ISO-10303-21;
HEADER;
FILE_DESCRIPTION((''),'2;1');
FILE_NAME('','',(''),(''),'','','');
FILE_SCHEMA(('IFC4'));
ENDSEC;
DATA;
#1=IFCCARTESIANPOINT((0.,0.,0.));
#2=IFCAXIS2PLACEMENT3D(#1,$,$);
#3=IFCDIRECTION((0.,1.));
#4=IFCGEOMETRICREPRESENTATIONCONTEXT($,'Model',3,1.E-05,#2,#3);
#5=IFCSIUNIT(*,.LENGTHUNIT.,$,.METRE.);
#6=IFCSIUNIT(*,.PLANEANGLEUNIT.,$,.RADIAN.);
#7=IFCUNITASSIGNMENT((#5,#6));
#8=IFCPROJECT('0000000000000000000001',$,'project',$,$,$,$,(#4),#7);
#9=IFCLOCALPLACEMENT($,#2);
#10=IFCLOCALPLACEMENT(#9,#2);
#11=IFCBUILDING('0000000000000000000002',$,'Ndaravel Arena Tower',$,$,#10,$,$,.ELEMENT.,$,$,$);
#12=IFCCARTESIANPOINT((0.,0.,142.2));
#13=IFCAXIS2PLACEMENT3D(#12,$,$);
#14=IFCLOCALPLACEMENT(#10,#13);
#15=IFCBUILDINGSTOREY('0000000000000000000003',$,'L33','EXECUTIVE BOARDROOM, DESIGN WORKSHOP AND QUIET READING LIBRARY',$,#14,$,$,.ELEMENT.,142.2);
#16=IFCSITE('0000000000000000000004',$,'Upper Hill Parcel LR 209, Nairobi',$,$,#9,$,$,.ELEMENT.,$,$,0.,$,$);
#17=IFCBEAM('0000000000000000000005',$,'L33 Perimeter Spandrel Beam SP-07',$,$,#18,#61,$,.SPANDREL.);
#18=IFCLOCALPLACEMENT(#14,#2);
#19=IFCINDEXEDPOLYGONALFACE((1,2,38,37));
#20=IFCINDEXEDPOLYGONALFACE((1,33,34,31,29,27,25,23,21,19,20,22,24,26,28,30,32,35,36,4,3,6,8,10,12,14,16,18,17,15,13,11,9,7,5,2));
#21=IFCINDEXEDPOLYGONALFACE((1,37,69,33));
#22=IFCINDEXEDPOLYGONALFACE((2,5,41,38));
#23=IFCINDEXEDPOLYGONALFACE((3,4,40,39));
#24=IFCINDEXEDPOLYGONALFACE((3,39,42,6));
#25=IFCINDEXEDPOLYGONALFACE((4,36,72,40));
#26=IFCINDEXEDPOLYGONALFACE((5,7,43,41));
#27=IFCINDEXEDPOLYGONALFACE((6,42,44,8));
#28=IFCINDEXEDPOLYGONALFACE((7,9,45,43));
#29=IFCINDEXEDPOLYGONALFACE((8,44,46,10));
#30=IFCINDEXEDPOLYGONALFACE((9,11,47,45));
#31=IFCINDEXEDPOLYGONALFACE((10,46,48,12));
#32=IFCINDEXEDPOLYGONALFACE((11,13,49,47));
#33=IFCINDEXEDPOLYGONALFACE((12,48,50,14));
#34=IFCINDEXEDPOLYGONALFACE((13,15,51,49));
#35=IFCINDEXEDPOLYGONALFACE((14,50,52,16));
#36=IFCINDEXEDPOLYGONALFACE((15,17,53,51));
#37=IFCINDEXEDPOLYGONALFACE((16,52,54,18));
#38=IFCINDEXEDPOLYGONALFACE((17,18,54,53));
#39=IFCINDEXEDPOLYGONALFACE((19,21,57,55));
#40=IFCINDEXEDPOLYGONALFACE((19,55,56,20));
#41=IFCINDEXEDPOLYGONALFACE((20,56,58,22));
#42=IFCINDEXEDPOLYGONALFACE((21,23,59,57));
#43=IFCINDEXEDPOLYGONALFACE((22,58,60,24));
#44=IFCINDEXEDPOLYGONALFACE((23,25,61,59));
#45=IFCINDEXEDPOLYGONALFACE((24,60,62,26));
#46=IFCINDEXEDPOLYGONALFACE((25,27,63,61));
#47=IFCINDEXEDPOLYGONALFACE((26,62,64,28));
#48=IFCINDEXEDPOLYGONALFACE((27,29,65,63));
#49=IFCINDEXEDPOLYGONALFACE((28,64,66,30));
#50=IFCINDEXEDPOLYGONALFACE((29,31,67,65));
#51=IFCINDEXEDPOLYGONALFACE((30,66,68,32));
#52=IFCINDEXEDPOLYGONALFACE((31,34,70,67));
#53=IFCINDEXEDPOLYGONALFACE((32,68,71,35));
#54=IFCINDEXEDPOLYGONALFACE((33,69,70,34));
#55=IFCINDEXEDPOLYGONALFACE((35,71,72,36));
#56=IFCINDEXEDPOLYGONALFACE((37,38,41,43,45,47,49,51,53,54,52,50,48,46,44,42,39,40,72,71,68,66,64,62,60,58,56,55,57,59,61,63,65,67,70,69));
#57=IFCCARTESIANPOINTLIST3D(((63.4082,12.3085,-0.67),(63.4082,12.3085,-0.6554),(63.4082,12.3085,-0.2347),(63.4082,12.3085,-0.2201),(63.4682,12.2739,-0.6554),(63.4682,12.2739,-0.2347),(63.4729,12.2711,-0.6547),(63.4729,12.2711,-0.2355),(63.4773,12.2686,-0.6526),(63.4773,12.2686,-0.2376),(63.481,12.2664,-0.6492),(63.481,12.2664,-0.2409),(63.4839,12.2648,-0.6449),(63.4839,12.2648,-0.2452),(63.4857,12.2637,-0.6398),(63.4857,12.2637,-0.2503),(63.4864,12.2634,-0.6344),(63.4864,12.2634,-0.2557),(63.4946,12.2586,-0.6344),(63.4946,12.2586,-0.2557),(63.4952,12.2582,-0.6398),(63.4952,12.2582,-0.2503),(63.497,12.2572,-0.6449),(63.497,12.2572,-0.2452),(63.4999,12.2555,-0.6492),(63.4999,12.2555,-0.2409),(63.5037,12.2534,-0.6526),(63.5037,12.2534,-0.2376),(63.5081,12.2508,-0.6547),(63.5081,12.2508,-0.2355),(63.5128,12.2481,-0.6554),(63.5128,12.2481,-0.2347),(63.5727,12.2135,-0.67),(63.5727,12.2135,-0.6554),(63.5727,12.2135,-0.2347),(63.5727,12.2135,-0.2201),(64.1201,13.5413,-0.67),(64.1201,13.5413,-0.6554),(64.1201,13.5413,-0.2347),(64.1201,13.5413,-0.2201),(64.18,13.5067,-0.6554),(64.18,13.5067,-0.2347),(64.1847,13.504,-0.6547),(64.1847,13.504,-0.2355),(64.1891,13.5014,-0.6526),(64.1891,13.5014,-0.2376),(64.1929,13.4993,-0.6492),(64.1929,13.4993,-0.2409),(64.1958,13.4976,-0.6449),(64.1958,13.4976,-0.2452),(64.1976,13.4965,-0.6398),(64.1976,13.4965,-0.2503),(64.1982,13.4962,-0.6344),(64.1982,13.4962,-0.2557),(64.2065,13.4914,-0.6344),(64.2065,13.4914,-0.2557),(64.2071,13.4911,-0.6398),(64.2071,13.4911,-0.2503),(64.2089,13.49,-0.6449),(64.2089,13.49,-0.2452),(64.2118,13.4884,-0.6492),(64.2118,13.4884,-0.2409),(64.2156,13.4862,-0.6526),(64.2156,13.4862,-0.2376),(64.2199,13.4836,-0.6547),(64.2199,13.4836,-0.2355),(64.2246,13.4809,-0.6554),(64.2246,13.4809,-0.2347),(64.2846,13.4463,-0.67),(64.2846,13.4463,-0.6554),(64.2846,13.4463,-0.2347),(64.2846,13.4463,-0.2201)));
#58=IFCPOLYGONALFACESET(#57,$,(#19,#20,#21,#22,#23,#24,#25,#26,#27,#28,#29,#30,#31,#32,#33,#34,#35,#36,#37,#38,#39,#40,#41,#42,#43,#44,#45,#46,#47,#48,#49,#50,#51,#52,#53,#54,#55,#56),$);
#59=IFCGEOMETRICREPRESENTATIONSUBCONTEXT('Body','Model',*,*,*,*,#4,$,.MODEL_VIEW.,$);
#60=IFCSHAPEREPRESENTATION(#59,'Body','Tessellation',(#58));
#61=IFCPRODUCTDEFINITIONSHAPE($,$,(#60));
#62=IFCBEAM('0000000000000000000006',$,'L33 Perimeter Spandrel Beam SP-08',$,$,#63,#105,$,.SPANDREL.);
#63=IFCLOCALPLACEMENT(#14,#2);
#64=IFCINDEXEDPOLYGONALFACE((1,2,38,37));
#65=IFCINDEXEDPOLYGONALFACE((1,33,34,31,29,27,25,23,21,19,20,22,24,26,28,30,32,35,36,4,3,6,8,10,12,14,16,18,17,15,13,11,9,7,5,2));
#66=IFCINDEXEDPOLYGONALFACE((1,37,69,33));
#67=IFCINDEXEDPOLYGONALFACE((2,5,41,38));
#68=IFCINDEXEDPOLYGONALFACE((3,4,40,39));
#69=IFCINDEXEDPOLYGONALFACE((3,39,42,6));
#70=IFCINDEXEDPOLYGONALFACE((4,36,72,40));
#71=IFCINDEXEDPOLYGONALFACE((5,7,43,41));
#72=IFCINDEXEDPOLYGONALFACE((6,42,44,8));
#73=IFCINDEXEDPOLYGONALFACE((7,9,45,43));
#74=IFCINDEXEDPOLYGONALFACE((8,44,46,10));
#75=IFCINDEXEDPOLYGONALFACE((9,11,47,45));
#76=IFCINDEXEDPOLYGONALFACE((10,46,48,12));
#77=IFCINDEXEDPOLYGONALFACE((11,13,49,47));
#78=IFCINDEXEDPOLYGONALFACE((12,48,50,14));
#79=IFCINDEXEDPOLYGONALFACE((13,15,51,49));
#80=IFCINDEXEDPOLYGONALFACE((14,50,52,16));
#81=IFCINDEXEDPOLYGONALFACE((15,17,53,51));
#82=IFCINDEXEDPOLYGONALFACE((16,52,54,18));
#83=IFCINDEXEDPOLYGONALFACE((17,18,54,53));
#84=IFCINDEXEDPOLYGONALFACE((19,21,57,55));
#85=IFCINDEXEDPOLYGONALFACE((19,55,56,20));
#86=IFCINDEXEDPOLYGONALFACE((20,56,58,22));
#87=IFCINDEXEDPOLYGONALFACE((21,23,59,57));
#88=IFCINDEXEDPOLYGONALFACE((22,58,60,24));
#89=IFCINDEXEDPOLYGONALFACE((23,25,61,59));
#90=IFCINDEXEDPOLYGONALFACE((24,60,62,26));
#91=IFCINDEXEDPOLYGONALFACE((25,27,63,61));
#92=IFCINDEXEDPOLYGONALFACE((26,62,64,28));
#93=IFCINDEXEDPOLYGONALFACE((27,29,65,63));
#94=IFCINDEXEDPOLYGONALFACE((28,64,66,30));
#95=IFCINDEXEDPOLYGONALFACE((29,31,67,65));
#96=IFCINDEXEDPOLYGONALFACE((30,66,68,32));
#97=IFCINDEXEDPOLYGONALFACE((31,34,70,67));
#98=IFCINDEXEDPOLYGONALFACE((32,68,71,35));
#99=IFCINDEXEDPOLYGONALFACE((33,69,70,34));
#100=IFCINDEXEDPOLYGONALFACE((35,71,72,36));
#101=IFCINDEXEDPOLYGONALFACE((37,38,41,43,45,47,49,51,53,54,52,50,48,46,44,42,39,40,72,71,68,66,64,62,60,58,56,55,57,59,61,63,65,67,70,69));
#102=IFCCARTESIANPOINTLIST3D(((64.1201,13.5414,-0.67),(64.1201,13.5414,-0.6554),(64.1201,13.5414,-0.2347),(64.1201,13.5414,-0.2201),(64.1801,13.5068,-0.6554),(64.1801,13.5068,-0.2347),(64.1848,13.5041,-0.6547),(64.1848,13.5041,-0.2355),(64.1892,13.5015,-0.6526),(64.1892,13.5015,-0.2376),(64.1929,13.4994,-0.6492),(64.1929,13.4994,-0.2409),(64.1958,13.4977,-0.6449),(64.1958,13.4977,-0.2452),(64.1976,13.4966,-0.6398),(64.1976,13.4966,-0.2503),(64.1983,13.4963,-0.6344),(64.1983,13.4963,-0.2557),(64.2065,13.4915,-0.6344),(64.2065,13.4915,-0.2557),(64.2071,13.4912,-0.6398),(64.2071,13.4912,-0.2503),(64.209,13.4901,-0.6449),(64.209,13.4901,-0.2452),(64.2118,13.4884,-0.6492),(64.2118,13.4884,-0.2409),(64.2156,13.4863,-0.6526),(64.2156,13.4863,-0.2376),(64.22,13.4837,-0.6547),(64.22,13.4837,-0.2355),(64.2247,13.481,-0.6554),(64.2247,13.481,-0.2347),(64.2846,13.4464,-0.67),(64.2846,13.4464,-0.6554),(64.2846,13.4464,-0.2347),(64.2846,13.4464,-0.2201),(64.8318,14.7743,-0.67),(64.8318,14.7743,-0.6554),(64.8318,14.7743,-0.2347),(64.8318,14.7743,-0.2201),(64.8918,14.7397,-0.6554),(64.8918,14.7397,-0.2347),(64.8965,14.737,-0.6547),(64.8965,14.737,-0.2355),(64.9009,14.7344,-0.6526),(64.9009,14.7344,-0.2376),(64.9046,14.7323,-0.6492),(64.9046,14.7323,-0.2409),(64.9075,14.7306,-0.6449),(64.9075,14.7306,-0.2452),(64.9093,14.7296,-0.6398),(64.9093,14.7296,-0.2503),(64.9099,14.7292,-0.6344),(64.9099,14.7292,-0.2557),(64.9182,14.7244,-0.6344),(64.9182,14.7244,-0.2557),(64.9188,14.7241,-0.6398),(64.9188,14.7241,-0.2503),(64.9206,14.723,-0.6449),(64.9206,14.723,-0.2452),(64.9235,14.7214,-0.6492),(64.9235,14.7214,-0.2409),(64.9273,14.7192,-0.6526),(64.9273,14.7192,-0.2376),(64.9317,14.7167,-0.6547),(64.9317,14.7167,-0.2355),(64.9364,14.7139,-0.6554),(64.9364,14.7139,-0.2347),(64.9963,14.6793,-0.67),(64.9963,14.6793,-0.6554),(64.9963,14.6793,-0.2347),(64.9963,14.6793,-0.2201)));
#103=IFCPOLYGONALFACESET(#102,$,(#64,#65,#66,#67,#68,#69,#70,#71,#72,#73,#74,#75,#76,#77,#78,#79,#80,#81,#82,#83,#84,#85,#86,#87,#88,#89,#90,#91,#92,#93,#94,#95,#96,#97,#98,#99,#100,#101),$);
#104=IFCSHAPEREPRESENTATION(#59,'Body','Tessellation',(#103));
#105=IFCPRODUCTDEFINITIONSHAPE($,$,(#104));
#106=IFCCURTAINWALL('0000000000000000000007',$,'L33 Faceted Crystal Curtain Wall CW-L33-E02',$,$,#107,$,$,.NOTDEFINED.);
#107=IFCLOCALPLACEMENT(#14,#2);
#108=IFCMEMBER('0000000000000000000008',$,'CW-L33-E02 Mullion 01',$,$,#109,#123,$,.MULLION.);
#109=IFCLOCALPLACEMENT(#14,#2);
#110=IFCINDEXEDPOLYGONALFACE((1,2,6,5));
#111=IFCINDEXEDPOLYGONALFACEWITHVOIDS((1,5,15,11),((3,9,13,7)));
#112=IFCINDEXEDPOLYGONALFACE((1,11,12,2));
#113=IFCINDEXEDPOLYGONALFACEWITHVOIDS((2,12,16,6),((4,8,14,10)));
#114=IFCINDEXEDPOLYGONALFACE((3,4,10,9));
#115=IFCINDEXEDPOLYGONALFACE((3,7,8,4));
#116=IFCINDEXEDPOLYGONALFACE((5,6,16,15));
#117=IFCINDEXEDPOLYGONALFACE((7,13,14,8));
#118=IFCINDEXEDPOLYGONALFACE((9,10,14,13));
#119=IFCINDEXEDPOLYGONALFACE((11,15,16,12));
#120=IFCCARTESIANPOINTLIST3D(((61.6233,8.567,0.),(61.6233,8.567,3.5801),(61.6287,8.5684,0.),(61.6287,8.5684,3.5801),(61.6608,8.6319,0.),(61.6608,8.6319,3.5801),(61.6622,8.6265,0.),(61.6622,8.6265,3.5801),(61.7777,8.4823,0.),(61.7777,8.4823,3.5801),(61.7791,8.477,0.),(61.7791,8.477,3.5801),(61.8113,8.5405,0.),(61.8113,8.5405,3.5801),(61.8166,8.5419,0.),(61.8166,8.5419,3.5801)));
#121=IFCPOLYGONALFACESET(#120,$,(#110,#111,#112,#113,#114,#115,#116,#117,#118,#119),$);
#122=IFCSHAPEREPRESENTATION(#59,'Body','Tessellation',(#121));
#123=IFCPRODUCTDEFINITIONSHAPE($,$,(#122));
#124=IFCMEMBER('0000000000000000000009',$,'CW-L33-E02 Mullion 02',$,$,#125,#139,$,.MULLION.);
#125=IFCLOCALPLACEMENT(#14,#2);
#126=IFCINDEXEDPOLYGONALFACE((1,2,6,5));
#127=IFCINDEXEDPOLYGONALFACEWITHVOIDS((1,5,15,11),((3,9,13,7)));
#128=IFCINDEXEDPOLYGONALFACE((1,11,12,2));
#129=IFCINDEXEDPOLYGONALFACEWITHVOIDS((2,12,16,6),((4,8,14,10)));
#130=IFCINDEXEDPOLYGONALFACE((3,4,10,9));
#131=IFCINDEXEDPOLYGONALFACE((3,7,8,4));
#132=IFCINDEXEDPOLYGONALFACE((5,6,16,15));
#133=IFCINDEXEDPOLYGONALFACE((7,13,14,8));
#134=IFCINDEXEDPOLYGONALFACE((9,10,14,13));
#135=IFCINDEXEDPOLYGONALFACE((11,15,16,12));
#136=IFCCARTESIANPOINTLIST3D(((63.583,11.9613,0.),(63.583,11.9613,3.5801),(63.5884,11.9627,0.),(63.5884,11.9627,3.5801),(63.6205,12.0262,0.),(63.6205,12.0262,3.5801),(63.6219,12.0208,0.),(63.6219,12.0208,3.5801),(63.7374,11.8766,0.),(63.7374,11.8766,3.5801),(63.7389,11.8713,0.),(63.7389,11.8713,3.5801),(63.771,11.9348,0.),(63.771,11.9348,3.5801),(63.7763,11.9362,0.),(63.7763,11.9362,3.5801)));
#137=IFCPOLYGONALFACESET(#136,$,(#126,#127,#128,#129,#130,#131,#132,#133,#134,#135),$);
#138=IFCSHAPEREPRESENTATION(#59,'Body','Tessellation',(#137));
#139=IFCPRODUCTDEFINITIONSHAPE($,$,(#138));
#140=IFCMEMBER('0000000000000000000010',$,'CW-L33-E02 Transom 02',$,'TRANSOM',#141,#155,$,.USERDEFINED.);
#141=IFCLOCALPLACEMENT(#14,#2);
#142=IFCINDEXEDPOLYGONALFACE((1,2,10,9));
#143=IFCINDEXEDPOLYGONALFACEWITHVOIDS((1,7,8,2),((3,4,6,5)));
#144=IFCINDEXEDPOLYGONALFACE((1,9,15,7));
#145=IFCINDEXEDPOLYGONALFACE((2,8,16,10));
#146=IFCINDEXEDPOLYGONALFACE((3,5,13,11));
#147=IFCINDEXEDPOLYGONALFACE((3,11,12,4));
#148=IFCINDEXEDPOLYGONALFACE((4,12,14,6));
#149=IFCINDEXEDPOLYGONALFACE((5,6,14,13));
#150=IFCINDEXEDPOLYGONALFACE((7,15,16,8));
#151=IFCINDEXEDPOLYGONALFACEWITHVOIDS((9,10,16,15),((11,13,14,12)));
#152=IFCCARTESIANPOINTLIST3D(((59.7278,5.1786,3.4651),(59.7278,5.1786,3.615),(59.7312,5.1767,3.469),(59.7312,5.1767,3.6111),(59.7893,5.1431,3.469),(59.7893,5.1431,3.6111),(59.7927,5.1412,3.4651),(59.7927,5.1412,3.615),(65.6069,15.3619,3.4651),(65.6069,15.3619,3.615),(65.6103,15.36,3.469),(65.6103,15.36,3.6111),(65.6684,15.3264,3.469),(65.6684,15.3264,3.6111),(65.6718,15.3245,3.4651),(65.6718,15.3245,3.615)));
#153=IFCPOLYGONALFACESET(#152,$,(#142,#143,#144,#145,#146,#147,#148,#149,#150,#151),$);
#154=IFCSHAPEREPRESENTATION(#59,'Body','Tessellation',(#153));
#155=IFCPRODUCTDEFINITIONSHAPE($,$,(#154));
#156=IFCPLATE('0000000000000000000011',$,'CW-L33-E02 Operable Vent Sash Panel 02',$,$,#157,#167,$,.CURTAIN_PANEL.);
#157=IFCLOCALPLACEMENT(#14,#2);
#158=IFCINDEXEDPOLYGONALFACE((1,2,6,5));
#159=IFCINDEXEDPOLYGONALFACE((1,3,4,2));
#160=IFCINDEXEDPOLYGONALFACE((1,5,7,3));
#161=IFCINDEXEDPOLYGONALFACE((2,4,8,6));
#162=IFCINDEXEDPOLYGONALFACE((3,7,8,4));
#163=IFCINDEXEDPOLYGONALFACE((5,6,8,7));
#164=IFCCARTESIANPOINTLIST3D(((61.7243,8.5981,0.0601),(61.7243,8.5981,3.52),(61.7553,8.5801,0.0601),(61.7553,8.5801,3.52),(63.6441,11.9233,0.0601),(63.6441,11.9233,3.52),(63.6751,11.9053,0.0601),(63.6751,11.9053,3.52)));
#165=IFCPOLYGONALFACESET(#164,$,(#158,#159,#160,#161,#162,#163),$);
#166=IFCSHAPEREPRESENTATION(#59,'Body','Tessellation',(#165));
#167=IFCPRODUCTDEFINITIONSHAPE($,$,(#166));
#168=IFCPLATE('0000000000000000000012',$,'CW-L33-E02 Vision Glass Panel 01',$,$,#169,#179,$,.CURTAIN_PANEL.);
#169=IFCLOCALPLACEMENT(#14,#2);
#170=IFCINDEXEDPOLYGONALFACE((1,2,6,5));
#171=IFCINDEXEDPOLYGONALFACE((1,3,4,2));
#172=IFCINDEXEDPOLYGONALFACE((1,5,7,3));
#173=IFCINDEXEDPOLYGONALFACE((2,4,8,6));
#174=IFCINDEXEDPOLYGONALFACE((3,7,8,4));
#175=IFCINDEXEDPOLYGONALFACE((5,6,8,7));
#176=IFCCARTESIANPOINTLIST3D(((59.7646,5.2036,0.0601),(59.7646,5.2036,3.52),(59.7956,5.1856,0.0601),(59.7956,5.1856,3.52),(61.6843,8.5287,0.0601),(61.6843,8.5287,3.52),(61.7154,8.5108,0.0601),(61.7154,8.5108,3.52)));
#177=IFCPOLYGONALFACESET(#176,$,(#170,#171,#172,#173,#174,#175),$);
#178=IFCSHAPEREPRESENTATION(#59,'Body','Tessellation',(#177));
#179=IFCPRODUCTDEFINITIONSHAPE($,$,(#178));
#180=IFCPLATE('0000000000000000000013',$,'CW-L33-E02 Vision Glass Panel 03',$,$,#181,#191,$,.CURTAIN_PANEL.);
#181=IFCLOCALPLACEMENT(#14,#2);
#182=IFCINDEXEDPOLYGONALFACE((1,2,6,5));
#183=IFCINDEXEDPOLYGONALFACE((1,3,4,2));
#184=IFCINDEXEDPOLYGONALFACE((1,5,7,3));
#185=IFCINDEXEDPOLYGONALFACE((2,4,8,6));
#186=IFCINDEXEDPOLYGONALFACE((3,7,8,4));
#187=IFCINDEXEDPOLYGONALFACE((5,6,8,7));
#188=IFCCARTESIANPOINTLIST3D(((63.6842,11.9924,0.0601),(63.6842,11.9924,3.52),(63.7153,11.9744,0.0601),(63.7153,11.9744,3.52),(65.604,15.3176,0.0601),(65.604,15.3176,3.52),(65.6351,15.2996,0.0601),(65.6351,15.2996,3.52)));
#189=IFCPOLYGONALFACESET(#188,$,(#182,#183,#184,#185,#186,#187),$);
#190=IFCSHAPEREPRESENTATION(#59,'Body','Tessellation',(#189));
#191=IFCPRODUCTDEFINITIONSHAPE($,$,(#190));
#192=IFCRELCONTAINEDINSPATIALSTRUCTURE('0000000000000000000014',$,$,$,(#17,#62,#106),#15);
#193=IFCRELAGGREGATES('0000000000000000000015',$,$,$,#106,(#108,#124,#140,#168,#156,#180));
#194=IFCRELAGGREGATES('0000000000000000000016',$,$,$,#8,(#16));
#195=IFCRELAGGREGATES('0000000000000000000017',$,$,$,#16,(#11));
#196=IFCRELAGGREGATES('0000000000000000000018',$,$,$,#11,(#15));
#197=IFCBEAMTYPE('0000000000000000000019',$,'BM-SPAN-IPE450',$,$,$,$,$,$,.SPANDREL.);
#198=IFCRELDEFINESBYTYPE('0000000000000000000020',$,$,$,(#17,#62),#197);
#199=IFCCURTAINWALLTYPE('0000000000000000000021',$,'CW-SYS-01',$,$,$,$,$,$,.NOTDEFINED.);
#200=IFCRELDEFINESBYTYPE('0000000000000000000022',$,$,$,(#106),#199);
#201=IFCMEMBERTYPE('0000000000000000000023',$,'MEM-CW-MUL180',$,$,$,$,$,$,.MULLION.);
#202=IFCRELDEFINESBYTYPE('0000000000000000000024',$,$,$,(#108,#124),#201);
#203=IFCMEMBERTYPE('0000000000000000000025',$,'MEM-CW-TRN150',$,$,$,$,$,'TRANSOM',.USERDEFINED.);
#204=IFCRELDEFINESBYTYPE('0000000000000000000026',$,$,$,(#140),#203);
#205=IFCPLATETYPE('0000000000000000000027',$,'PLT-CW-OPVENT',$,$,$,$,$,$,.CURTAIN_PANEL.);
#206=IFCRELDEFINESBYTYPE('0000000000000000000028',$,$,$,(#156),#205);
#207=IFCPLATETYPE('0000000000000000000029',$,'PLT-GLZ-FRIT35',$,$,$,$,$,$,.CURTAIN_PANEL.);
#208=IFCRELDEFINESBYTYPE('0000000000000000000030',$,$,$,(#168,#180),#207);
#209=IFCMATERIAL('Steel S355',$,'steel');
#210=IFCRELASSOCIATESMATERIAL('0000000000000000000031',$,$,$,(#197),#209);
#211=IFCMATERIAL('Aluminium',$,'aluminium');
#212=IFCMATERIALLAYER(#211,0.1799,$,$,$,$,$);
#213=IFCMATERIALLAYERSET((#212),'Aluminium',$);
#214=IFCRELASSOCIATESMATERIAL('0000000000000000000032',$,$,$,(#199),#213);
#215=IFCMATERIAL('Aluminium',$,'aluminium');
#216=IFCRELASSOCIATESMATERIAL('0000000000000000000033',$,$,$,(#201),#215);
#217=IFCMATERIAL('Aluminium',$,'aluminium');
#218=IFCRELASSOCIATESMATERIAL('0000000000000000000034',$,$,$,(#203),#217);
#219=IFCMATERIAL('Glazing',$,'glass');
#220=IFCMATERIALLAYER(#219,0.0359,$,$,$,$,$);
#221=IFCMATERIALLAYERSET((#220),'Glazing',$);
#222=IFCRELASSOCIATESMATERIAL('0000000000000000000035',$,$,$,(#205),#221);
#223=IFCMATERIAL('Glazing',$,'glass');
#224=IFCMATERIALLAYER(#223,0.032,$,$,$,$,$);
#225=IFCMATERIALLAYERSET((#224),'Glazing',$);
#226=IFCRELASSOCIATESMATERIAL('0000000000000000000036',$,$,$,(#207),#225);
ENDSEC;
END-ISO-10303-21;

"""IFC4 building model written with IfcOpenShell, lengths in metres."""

from ifc_helpers import new_model, si_unit, direction, frame, origin, origin_2d, place, context, subcontext, project, spatial, rectangle, hollow_rectangle, i_section, extrude, material, layer, layer_set, material_profile, profile_set, type_object, element, aggregate, save


model = new_model("IFC4")

# Units and contexts
model_context = context("Model", 3, precision=1e-05, world=origin(), true_north=direction((0.0, 1.0)))
body_context = subcontext(model_context, "Body", "Model", "MODEL_VIEW")
ifc_project = project(units=[si_unit("LENGTHUNIT", "METRE"), si_unit("PLANEANGLEUNIT", "RADIAN")], contexts=[model_context])

# Site, building, storey
site_placement = place(None, origin())
site = spatial("IfcSite", under=ifc_project, at=site_placement, Name="Upper Hill Parcel LR 209, Nairobi", CompositionType="ELEMENT", RefElevation=0.0)
building_placement = place(site_placement, origin())
building = spatial("IfcBuilding", under=site, at=building_placement, Name="Ndaravel Arena Tower", CompositionType="ELEMENT")
storey_placement = place(building_placement, frame((0.0, 0.0, 142.2)))
storey = spatial("IfcBuildingStorey", under=building, at=storey_placement, Name="L33", Description="EXECUTIVE BOARDROOM, DESIGN WORKSHOP AND QUIET READING LIBRARY", CompositionType="ELEMENT", Elevation=142.2)

# Beams
ifc_material_1 = material(Name="Steel S355", Category="steel")
ifc_material_profile_1 = material_profile(ifc_material_1, i_section(OverallWidth=0.1899, OverallDepth=0.45, WebThickness=0.0095, FlangeThickness=0.0146, FilletRadius=0.021, at=origin_2d()), Name="IPE 450")
ifc_profile_set_1 = profile_set([ifc_material_profile_1], Name="Steel S355")
beam_type = type_object("IfcBeamType", Name="BM-SPAN-IPE450", PredefinedType="SPANDREL", material=ifc_profile_set_1)
for number, where, z_axis, x_axis, name in (
    (1, (63.4905, 12.261, -0.4451), (0.500049, 0.865997, 0.0), (-0.865997, 0.500049, 0.0), "L33 Perimeter Spandrel Beam SP-07"),
    (2, (64.2024, 13.4939, -0.4451), (0.49992, 0.866071, 0.0), (-0.866071, 0.49992, 0.0), "L33 Perimeter Spandrel Beam SP-08"),
):
    element("IfcBeam", number, at=place(storey_placement, frame(where, z_axis=z_axis, x_axis=x_axis)), inside=storey, type_object=beam_type, Name=name, PredefinedType="SPANDREL", context=body_context, shape_type="SweptSolid", body=[
        extrude(i_section(OverallWidth=0.1899, OverallDepth=0.45, WebThickness=0.0095, FlangeThickness=0.0146, FilletRadius=0.021, at=origin_2d()), origin(), (0.0, 0.0, 1.0), 1.4236),
    ])

# Curtain wall, members, plates
ifc_material_2 = material(Name="Aluminium", Category="aluminium")
ifc_layer_1 = layer(ifc_material_2, 0.1799)
ifc_layer_set_1 = layer_set([ifc_layer_1], Name="Aluminium")
curtain_wall_type = type_object("IfcCurtainWallType", Name="CW-SYS-01", PredefinedType="NOTDEFINED", material=ifc_layer_set_1)
curtain_wall_placement = place(storey_placement, origin())
curtain_wall = element("IfcCurtainWall", 3, at=curtain_wall_placement, inside=storey, type_object=curtain_wall_type, Name="L33 Faceted Crystal Curtain Wall CW-L33-E02", PredefinedType="NOTDEFINED")
ifc_material_3 = material(Name="Aluminium", Category="aluminium")
ifc_material_profile_2 = material_profile(ifc_material_3, hollow_rectangle(XDim=0.075, YDim=0.1799, WallThickness=0.0039, at=origin_2d()), Name="CW MULLION 75x180x4")
ifc_profile_set_2 = profile_set([ifc_material_profile_2], Name="Aluminium")
member_type_1 = type_object("IfcMemberType", Name="MEM-CW-MUL180", PredefinedType="MULLION", material=ifc_profile_set_2)
member_1_placement = place(storey_placement, frame((61.72, 8.5544, 0.0), z_axis=(0.0, 0.0, 1.0), x_axis=(0.5, 0.866025, 0.0)))
member_1 = element("IfcMember", 4, at=member_1_placement, type_object=member_type_1, Name="CW-L33-E02 Mullion 01", PredefinedType="MULLION", context=body_context, shape_type="SweptSolid", body=[
    extrude(hollow_rectangle(XDim=0.075, YDim=0.1799, WallThickness=0.0039, at=origin_2d()), origin(), (0.0, 0.0, 1.0), 3.5801),
])
member_2_placement = place(storey_placement, frame((63.6797, 11.9487, 0.0), z_axis=(0.0, 0.0, 1.0), x_axis=(0.5, 0.866025, 0.0)))
member_2 = element("IfcMember", 5, at=member_2_placement, type_object=member_type_1, Name="CW-L33-E02 Mullion 02", PredefinedType="MULLION", context=body_context, shape_type="SweptSolid", body=[
    extrude(hollow_rectangle(XDim=0.075, YDim=0.1799, WallThickness=0.0039, at=origin_2d()), origin(), (0.0, 0.0, 1.0), 3.5801),
])
ifc_material_4 = material(Name="Aluminium", Category="aluminium")
ifc_material_profile_3 = material_profile(ifc_material_4, hollow_rectangle(XDim=0.075, YDim=0.1499, WallThickness=0.0039, at=origin_2d()), Name="CW TRANSOM 75x150x4")
ifc_profile_set_3 = profile_set([ifc_material_profile_3], Name="Aluminium")
member_type_2 = type_object("IfcMemberType", Name="MEM-CW-TRN150", ElementType="TRANSOM", PredefinedType="USERDEFINED", material=ifc_profile_set_3)
member_3_placement = place(storey_placement, frame((59.7603, 5.1599, 3.54), z_axis=(0.499987, 0.866033, 0.0), x_axis=(-0.866033, 0.499987, 0.0)))
member_3 = element("IfcMember", 6, at=member_3_placement, type_object=member_type_2, Name="CW-L33-E02 Transom 02", ObjectType="TRANSOM", PredefinedType="USERDEFINED", context=body_context, shape_type="SweptSolid", body=[
    extrude(hollow_rectangle(XDim=0.075, YDim=0.1499, WallThickness=0.0039, at=origin_2d()), origin(), (0.0, 0.0, 1.0), 11.7585),
])
ifc_material_5 = material(Name="Glazing", Category="glass")
ifc_layer_2 = layer(ifc_material_5, 0.0359)
ifc_layer_set_2 = layer_set([ifc_layer_2], Name="Glazing")
plate_type_1 = type_object("IfcPlateType", Name="PLT-CW-OPVENT", PredefinedType="CURTAIN_PANEL", material=ifc_layer_set_2)
plate_1_placement = place(storey_placement, frame((62.6997, 10.2517, 0.0601), z_axis=(0.0, 0.0, 1.0), x_axis=(0.5, 0.866025, 0.0)))
plate_1 = element("IfcPlate", 7, at=plate_1_placement, type_object=plate_type_1, Name="CW-L33-E02 Operable Vent Sash Panel 02", PredefinedType="CURTAIN_PANEL", context=body_context, shape_type="SweptSolid", body=[
    extrude(rectangle(XDim=3.8396, YDim=0.0359, at=origin_2d()), origin(), (0.0, 0.0, 1.0), 3.46),
])
ifc_material_6 = material(Name="Glazing", Category="glass")
ifc_layer_3 = layer(ifc_material_6, 0.032)
ifc_layer_set_3 = layer_set([ifc_layer_3], Name="Glazing")
plate_type_2 = type_object("IfcPlateType", Name="PLT-GLZ-FRIT35", PredefinedType="CURTAIN_PANEL", material=ifc_layer_set_3)
plate_2_placement = place(storey_placement, frame((60.74, 6.8572, 0.0601), z_axis=(0.0, 0.0, 1.0), x_axis=(0.5, 0.866025, 0.0)))
plate_2 = element("IfcPlate", 8, at=plate_2_placement, type_object=plate_type_2, Name="CW-L33-E02 Vision Glass Panel 01", PredefinedType="CURTAIN_PANEL", context=body_context, shape_type="SweptSolid", body=[
    extrude(rectangle(XDim=3.8396, YDim=0.0359, at=origin_2d()), origin(), (0.0, 0.0, 1.0), 3.46),
])
plate_3_placement = place(storey_placement, frame((64.6597, 13.646, 0.0601), z_axis=(0.0, 0.0, 1.0), x_axis=(0.5, 0.866025, 0.0)))
plate_3 = element("IfcPlate", 9, at=plate_3_placement, type_object=plate_type_2, Name="CW-L33-E02 Vision Glass Panel 03", PredefinedType="CURTAIN_PANEL", context=body_context, shape_type="SweptSolid", body=[
    extrude(rectangle(XDim=3.8396, YDim=0.0359, at=origin_2d()), origin(), (0.0, 0.0, 1.0), 3.46),
])
aggregate(curtain_wall, [member_1, member_2, member_3, plate_2, plate_1, plate_3])

save(model, "model.ifc")
